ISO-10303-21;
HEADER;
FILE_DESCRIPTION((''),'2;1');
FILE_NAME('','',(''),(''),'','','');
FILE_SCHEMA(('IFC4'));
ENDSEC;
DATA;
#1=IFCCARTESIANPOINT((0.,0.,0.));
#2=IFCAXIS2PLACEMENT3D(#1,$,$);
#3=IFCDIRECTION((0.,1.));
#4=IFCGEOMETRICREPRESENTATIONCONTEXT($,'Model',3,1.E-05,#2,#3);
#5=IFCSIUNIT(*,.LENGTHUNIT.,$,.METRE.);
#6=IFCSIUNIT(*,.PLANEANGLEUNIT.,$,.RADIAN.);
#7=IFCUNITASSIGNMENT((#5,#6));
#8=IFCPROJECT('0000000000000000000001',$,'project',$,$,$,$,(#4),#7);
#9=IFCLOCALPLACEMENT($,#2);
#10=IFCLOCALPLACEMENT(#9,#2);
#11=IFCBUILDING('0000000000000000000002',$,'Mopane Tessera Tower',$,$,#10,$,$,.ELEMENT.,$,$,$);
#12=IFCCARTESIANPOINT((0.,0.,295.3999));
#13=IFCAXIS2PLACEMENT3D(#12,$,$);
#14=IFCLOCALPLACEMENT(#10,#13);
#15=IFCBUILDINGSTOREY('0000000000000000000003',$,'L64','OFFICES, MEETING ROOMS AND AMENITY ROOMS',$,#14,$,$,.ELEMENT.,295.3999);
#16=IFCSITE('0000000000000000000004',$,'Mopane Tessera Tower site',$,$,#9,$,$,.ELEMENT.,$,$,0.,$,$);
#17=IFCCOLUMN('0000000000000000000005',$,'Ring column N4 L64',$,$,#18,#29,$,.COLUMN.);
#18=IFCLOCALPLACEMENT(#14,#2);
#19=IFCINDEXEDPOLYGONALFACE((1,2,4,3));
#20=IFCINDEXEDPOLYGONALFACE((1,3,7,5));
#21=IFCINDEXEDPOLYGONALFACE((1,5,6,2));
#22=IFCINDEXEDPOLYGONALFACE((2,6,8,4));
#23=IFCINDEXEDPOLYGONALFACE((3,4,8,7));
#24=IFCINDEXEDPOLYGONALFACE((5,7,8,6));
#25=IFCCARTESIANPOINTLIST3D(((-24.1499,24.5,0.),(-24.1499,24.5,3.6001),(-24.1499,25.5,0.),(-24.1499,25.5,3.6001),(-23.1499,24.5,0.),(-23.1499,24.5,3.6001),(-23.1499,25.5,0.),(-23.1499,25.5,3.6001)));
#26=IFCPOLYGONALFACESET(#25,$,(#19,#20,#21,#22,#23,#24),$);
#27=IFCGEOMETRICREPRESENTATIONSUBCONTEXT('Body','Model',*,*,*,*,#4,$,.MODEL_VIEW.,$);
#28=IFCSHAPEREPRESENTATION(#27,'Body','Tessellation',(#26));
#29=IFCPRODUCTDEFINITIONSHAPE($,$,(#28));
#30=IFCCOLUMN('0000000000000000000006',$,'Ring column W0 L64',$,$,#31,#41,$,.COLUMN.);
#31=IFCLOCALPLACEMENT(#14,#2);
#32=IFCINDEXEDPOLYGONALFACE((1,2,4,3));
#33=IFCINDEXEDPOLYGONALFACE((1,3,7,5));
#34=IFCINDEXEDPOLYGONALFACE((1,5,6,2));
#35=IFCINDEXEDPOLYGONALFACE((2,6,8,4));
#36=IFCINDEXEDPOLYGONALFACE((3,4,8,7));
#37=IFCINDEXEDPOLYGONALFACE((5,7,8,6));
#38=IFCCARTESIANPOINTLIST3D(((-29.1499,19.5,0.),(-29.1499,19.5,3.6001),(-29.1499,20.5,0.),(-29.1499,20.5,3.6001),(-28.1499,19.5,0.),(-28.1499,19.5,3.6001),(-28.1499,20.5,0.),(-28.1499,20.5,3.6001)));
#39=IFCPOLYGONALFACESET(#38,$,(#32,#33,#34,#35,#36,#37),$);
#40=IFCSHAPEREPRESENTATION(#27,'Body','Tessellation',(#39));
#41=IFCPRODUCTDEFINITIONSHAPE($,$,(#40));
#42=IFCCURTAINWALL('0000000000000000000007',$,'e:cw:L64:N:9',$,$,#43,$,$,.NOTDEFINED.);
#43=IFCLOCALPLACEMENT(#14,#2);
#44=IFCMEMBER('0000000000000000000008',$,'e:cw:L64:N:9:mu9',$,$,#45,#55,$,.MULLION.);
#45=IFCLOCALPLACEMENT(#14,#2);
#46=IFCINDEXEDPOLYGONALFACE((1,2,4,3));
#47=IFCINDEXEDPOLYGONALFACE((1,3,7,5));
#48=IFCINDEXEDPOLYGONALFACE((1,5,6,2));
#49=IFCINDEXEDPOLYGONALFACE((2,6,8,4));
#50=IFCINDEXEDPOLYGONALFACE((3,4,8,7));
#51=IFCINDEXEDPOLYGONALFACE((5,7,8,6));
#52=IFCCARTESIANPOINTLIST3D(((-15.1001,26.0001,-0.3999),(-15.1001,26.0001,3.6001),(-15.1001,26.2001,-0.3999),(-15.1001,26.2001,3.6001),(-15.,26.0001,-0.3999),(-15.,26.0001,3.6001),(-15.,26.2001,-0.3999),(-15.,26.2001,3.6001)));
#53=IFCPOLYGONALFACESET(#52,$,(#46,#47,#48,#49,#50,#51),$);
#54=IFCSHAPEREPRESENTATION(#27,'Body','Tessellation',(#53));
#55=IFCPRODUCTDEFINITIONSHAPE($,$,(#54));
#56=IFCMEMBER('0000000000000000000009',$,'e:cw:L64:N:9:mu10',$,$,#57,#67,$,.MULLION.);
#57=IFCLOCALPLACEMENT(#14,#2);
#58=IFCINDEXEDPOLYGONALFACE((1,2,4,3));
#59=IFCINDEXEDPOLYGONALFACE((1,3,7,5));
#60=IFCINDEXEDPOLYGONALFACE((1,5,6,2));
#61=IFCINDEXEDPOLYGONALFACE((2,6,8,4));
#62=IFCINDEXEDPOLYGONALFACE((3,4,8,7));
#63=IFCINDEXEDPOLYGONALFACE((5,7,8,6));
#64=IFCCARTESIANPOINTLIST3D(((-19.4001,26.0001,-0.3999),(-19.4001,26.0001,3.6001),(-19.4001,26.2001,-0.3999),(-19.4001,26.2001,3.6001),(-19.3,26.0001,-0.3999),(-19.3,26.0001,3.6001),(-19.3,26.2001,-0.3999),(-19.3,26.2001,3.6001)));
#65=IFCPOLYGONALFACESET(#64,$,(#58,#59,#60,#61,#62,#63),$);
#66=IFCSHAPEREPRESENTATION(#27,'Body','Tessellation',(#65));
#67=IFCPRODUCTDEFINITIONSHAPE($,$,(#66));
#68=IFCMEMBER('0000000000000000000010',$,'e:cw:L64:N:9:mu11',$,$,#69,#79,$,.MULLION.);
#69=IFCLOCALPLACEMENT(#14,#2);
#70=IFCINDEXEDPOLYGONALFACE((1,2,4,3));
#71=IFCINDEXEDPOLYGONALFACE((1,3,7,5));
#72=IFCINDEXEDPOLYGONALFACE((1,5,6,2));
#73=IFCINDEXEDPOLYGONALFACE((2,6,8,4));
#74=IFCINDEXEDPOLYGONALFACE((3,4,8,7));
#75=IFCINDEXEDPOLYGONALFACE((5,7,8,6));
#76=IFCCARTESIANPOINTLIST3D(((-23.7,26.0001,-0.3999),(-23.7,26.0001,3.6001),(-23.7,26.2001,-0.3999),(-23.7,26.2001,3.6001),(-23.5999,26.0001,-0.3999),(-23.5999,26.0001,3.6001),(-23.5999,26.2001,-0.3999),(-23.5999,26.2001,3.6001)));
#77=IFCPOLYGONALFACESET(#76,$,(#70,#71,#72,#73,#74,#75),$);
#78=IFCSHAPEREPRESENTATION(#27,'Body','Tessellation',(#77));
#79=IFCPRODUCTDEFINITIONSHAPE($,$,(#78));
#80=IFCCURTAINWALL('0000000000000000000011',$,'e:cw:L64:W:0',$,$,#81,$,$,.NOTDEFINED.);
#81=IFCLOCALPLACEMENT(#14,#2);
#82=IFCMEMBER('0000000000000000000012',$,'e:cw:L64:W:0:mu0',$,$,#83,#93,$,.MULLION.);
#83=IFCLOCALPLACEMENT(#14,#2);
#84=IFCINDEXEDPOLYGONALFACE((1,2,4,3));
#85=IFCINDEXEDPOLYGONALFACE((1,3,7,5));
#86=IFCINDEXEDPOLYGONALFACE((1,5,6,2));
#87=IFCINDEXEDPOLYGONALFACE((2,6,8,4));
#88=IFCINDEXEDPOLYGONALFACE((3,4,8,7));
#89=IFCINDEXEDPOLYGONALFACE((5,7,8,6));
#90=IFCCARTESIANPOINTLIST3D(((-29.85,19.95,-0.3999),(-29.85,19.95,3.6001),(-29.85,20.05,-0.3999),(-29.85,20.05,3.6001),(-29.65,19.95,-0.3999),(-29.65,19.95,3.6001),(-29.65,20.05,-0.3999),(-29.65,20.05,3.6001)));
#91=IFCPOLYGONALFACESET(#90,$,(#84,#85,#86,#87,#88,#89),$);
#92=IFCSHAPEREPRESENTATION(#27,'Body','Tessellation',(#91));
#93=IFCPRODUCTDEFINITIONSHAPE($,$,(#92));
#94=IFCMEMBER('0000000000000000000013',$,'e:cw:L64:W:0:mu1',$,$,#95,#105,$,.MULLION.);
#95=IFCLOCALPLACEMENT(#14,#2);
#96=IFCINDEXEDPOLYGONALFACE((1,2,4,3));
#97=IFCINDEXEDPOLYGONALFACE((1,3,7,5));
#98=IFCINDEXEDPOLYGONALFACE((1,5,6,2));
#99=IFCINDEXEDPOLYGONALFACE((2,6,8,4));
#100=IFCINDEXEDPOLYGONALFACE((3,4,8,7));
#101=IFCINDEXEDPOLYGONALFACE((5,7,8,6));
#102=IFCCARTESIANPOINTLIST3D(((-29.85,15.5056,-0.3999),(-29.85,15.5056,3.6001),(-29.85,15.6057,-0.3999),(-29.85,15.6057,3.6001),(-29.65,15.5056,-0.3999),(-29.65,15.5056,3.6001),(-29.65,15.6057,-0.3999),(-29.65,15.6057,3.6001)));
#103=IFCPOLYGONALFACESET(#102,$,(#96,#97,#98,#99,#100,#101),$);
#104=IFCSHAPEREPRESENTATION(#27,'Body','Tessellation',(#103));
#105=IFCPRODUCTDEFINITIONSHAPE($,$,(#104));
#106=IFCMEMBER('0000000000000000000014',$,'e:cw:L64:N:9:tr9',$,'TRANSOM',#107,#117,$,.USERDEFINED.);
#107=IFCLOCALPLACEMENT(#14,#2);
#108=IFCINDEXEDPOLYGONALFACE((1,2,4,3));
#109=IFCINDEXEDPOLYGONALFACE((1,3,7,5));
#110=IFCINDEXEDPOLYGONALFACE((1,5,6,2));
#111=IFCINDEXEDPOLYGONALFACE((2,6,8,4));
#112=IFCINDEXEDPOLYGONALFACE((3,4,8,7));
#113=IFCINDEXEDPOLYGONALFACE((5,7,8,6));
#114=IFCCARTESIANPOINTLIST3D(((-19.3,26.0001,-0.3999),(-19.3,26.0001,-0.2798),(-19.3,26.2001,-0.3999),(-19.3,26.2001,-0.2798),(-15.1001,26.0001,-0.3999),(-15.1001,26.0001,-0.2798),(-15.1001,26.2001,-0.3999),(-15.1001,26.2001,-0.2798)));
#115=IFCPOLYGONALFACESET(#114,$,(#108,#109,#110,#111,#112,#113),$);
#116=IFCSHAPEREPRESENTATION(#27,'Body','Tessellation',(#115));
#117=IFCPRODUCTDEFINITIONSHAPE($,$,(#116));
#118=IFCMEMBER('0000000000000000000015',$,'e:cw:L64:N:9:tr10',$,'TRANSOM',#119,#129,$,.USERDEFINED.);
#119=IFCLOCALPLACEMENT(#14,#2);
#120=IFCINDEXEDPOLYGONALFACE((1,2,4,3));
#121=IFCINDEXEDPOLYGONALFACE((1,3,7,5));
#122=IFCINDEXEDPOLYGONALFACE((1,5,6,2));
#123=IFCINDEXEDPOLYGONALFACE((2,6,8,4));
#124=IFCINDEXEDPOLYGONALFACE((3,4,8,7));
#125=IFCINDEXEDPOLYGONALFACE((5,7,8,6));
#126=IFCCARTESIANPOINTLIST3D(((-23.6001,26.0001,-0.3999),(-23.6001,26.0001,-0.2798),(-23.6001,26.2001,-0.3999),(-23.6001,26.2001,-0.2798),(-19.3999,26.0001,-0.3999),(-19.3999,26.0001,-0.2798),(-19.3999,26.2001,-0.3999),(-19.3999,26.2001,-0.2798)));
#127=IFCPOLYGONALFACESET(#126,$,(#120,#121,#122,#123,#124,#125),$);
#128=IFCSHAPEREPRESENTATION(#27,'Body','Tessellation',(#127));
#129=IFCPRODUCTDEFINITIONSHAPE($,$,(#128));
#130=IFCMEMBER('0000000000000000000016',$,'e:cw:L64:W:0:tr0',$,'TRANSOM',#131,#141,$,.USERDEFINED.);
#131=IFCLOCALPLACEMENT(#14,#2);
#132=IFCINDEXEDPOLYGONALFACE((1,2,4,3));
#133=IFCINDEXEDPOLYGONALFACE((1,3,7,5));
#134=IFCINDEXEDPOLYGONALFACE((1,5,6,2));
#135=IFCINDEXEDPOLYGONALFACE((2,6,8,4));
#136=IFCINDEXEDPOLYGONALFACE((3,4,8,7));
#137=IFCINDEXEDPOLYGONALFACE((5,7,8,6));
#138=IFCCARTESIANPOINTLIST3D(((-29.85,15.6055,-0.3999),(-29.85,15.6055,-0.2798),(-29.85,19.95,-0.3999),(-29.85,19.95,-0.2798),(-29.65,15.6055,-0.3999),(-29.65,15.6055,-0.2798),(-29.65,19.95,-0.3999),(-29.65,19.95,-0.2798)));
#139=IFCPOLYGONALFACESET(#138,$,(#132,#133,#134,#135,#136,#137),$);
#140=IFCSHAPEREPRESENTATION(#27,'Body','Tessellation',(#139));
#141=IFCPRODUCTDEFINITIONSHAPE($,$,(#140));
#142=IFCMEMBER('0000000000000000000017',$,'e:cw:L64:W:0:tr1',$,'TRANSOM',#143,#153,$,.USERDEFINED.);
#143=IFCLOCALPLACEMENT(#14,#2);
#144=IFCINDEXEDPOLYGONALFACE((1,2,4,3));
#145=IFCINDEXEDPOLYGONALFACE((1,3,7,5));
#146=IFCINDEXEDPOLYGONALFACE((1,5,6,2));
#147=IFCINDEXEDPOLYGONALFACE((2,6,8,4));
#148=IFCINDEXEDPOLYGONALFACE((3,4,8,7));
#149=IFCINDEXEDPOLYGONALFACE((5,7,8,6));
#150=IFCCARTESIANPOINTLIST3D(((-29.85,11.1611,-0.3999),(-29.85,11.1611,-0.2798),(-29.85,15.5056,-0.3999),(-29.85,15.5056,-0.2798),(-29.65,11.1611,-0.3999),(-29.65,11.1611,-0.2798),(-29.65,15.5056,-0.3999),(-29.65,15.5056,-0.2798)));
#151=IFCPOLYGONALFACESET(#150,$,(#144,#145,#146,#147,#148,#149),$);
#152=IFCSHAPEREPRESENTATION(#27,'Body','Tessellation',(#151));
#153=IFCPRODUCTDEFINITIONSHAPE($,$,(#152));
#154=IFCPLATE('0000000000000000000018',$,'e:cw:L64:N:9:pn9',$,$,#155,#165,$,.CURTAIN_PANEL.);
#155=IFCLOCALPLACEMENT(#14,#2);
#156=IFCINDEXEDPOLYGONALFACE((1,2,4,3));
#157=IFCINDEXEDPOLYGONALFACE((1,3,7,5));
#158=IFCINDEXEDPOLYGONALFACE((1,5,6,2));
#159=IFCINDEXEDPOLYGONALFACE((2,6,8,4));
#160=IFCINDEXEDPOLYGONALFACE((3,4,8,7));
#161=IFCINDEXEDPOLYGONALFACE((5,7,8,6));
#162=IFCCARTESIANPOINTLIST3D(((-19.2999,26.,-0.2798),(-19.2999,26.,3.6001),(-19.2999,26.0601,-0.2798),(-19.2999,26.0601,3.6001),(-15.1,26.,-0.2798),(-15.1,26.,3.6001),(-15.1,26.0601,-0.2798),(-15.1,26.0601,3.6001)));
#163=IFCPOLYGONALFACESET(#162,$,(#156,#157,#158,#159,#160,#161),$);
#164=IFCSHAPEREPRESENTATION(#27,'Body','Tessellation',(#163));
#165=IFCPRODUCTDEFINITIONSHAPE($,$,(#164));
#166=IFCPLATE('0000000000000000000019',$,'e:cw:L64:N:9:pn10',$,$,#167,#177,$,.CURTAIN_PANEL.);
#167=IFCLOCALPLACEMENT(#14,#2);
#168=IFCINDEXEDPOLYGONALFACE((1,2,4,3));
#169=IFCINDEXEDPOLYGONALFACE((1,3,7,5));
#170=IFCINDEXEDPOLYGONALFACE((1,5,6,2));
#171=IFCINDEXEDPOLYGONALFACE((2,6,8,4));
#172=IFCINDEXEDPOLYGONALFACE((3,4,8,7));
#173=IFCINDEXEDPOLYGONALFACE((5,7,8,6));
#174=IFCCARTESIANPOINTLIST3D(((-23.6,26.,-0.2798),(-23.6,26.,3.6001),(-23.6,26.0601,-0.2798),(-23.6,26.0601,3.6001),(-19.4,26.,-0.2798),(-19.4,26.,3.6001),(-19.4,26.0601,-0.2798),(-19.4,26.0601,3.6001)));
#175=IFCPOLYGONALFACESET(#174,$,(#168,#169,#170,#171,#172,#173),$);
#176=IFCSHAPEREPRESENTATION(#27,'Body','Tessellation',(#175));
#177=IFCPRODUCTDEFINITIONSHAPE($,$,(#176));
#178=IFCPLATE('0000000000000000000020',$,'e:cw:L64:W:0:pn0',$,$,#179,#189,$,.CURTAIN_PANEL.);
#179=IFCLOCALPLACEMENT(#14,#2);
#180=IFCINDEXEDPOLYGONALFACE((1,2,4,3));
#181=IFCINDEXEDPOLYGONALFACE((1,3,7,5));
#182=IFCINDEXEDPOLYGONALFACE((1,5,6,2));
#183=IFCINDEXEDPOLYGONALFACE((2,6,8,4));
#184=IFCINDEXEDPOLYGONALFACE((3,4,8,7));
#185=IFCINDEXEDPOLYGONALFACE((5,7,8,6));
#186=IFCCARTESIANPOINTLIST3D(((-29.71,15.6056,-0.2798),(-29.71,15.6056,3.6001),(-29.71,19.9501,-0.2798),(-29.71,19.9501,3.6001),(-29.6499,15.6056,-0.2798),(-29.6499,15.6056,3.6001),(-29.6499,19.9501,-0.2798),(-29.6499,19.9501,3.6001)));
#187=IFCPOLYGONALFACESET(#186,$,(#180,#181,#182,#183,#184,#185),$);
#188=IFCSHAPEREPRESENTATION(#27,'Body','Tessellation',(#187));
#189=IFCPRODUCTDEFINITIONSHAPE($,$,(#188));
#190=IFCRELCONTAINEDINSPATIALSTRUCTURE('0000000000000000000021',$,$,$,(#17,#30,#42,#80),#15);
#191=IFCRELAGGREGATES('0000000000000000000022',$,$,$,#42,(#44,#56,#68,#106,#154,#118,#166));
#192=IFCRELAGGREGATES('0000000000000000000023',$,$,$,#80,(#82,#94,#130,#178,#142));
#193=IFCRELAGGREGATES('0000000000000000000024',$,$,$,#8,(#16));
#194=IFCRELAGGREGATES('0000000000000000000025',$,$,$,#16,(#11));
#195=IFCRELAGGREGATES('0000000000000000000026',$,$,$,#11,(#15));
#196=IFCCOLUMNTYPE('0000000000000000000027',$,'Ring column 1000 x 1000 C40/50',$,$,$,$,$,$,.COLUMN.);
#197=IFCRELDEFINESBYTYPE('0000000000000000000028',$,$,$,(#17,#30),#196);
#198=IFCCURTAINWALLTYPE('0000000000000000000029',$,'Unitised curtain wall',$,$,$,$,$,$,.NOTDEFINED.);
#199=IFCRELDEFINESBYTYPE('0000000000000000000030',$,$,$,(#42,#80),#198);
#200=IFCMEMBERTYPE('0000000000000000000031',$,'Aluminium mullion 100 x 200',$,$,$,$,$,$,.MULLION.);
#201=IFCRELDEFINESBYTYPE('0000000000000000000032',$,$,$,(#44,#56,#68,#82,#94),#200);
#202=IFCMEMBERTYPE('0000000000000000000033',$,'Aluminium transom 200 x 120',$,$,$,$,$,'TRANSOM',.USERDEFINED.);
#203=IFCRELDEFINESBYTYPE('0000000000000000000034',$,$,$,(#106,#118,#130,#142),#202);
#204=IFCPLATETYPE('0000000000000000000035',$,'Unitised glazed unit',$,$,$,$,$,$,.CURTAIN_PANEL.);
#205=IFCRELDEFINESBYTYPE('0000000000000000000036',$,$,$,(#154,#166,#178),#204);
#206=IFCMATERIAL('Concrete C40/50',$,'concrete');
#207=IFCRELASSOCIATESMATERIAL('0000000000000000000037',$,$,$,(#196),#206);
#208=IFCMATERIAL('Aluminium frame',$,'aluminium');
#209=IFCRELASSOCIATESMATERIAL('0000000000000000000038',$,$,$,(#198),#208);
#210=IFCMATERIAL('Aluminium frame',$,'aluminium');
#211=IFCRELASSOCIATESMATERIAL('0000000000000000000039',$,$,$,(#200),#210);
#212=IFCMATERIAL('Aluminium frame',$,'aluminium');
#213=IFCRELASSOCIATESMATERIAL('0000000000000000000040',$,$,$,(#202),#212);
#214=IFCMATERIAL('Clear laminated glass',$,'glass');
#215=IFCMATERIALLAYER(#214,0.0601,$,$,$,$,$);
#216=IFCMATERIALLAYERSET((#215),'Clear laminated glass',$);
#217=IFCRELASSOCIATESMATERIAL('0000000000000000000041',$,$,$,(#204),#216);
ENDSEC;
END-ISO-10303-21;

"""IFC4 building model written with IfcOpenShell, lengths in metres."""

from ifc_helpers import new_model, si_unit, direction, frame, origin, origin_2d, place, context, subcontext, project, spatial, rectangle, extrude, material, layer, layer_set, material_profile, profile_set, type_object, element, aggregate, save


model = new_model("IFC4")

# Units and contexts
model_context = context("Model", 3, precision=1e-05, world=origin(), true_north=direction((0.0, 1.0)))
body_context = subcontext(model_context, "Body", "Model", "MODEL_VIEW")
ifc_project = project(units=[si_unit("LENGTHUNIT", "METRE"), si_unit("PLANEANGLEUNIT", "RADIAN")], contexts=[model_context])

# Site, building, storey
site_placement = place(None, origin())
site = spatial("IfcSite", under=ifc_project, at=site_placement, Name="Mopane Tessera Tower site", CompositionType="ELEMENT", RefElevation=0.0)
building_placement = place(site_placement, origin())
building = spatial("IfcBuilding", under=site, at=building_placement, Name="Mopane Tessera Tower", CompositionType="ELEMENT")
storey_placement = place(building_placement, frame((0.0, 0.0, 295.3999)))
storey = spatial("IfcBuildingStorey", under=building, at=storey_placement, Name="L64", Description="OFFICES, MEETING ROOMS AND AMENITY ROOMS", CompositionType="ELEMENT", Elevation=295.3999)

# Columns
ifc_material_1 = material(Name="Concrete C40/50", Category="concrete")
ifc_material_profile_1 = material_profile(ifc_material_1, rectangle(XDim=1.0, YDim=1.0, at=origin_2d()))
ifc_profile_set_1 = profile_set([ifc_material_profile_1], Name="Concrete C40/50")
column_type = type_object("IfcColumnType", Name="Ring column 1000 x 1000 C40/50", PredefinedType="COLUMN", material=ifc_profile_set_1)
for number, where, z_axis, x_axis, name in (
    (1, (-23.6499, 25.0, 0.0), (0.0, 0.0, 1.0), (1.0, 0.0, 0.0), "Ring column N4 L64"),
    (2, (-28.6499, 20.0, 0.0), (0.0, 0.0, 1.0), (1.0, 0.0, 0.0), "Ring column W0 L64"),
):
    element("IfcColumn", number, at=place(storey_placement, frame(where, z_axis=z_axis, x_axis=x_axis)), inside=storey, type_object=column_type, Name=name, PredefinedType="COLUMN", context=body_context, shape_type="SweptSolid", body=[
        extrude(rectangle(XDim=1.0, YDim=1.0, at=origin_2d()), origin(), (0.0, 0.0, 1.0), 3.6001),
    ])

# Curtain walls, members
ifc_material_2 = material(Name="Aluminium frame", Category="aluminium")
curtain_wall_type = type_object("IfcCurtainWallType", Name="Unitised curtain wall", PredefinedType="NOTDEFINED", material=ifc_material_2)
curtain_wall_1_placement = place(storey_placement, origin())
curtain_wall_1 = element("IfcCurtainWall", 3, at=curtain_wall_1_placement, inside=storey, type_object=curtain_wall_type, Name="e:cw:L64:N:9", PredefinedType="NOTDEFINED")
ifc_material_3 = material(Name="Aluminium frame", Category="aluminium")
ifc_material_profile_2 = material_profile(ifc_material_3, rectangle(XDim=0.1001, YDim=0.2, at=origin_2d()))
ifc_profile_set_2 = profile_set([ifc_material_profile_2], Name="Aluminium frame")
member_type_1 = type_object("IfcMemberType", Name="Aluminium mullion 100 x 200", PredefinedType="MULLION", material=ifc_profile_set_2)
member_1_placement = place(storey_placement, frame((-15.05, 26.1001, -0.3999), z_axis=(0.0, 0.0, 1.0), x_axis=(-1.0, 0.0, 0.0)))
member_1 = element("IfcMember", 4, at=member_1_placement, type_object=member_type_1, Name="e:cw:L64:N:9:mu9", PredefinedType="MULLION", context=body_context, shape_type="SweptSolid", body=[
    extrude(rectangle(XDim=0.1001, YDim=0.2, at=origin_2d()), origin(), (0.0, 0.0, 1.0), 4.0),
])
member_2_placement = place(storey_placement, frame((-19.3501, 26.1001, -0.3999), z_axis=(0.0, 0.0, 1.0), x_axis=(-1.0, 0.0, 0.0)))
member_2 = element("IfcMember", 5, at=member_2_placement, type_object=member_type_1, Name="e:cw:L64:N:9:mu10", PredefinedType="MULLION", context=body_context, shape_type="SweptSolid", body=[
    extrude(rectangle(XDim=0.1001, YDim=0.2, at=origin_2d()), origin(), (0.0, 0.0, 1.0), 4.0),
])
member_3_placement = place(storey_placement, frame((-23.6499, 26.1001, -0.3999), z_axis=(0.0, 0.0, 1.0), x_axis=(-1.0, 0.0, 0.0)))
member_3 = element("IfcMember", 6, at=member_3_placement, type_object=member_type_1, Name="e:cw:L64:N:9:mu11", PredefinedType="MULLION", context=body_context, shape_type="SweptSolid", body=[
    extrude(rectangle(XDim=0.1001, YDim=0.2, at=origin_2d()), origin(), (0.0, 0.0, 1.0), 4.0),
])
curtain_wall_2_placement = place(storey_placement, origin())
curtain_wall_2 = element("IfcCurtainWall", 7, at=curtain_wall_2_placement, inside=storey, type_object=curtain_wall_type, Name="e:cw:L64:W:0", PredefinedType="NOTDEFINED")
member_4_placement = place(storey_placement, frame((-29.75, 20.0, -0.3999), z_axis=(0.0, 0.0, 1.0), x_axis=(0.0, -1.0, 0.0)))
member_4 = element("IfcMember", 8, at=member_4_placement, type_object=member_type_1, Name="e:cw:L64:W:0:mu0", PredefinedType="MULLION", context=body_context, shape_type="SweptSolid", body=[
    extrude(rectangle(XDim=0.1001, YDim=0.2, at=origin_2d()), origin(), (0.0, 0.0, 1.0), 4.0),
])
member_5_placement = place(storey_placement, frame((-29.75, 15.5557, -0.3999), z_axis=(0.0, 0.0, 1.0), x_axis=(0.0, -1.0, 0.0)))
member_5 = element("IfcMember", 9, at=member_5_placement, type_object=member_type_1, Name="e:cw:L64:W:0:mu1", PredefinedType="MULLION", context=body_context, shape_type="SweptSolid", body=[
    extrude(rectangle(XDim=0.1001, YDim=0.2, at=origin_2d()), origin(), (0.0, 0.0, 1.0), 4.0),
])

# Members
ifc_material_4 = material(Name="Aluminium frame", Category="aluminium")
ifc_material_profile_3 = material_profile(ifc_material_4, rectangle(XDim=0.2, YDim=0.1201, at=origin_2d()))
ifc_profile_set_3 = profile_set([ifc_material_profile_3], Name="Aluminium frame")
member_type_2 = type_object("IfcMemberType", Name="Aluminium transom 200 x 120", ElementType="TRANSOM", PredefinedType="USERDEFINED", material=ifc_profile_set_3)
member_6_placement = place(storey_placement, frame((-15.1001, 26.1001, -0.3398), z_axis=(-1.0, 0.0, 0.0), x_axis=(0.0, -1.0, 0.0)))
member_6 = element("IfcMember", 10, at=member_6_placement, type_object=member_type_2, Name="e:cw:L64:N:9:tr9", ObjectType="TRANSOM", PredefinedType="USERDEFINED", context=body_context, shape_type="SweptSolid", body=[
    extrude(rectangle(XDim=0.2, YDim=0.1201, at=origin_2d()), origin(), (0.0, 0.0, 1.0), 4.2),
])
member_7_placement = place(storey_placement, frame((-19.3999, 26.1001, -0.3398), z_axis=(-1.0, 0.0, 0.0), x_axis=(0.0, -1.0, 0.0)))
member_7 = element("IfcMember", 11, at=member_7_placement, type_object=member_type_2, Name="e:cw:L64:N:9:tr10", ObjectType="TRANSOM", PredefinedType="USERDEFINED", context=body_context, shape_type="SweptSolid", body=[
    extrude(rectangle(XDim=0.2, YDim=0.1201, at=origin_2d()), origin(), (0.0, 0.0, 1.0), 4.2002),
])
member_8_placement = place(storey_placement, frame((-29.75, 19.95, -0.3398), z_axis=(0.0, -1.0, 0.0), x_axis=(1.0, 0.0, 0.0)))
member_8 = element("IfcMember", 12, at=member_8_placement, type_object=member_type_2, Name="e:cw:L64:W:0:tr0", ObjectType="TRANSOM", PredefinedType="USERDEFINED", context=body_context, shape_type="SweptSolid", body=[
    extrude(rectangle(XDim=0.2, YDim=0.1201, at=origin_2d()), origin(), (0.0, 0.0, 1.0), 4.3445),
])
member_9_placement = place(storey_placement, frame((-29.75, 15.5056, -0.3398), z_axis=(0.0, -1.0, 0.0), x_axis=(1.0, 0.0, 0.0)))
member_9 = element("IfcMember", 13, at=member_9_placement, type_object=member_type_2, Name="e:cw:L64:W:0:tr1", ObjectType="TRANSOM", PredefinedType="USERDEFINED", context=body_context, shape_type="SweptSolid", body=[
    extrude(rectangle(XDim=0.2, YDim=0.1201, at=origin_2d()), origin(), (0.0, 0.0, 1.0), 4.3445),
])

# Plates
ifc_material_5 = material(Name="Clear laminated glass", Category="glass")
ifc_layer_1 = layer(ifc_material_5, 0.0601)
ifc_layer_set_1 = layer_set([ifc_layer_1], Name="Clear laminated glass")
plate_type = type_object("IfcPlateType", Name="Unitised glazed unit", PredefinedType="CURTAIN_PANEL", material=ifc_layer_set_1)
plate_1_placement = place(storey_placement, frame((-17.2, 26.03, -0.2798), z_axis=(0.0, 0.0, 1.0), x_axis=(-1.0, 0.0, 0.0)))
plate_1 = element("IfcPlate", 14, at=plate_1_placement, type_object=plate_type, Name="e:cw:L64:N:9:pn9", PredefinedType="CURTAIN_PANEL", context=body_context, shape_type="SweptSolid", body=[
    extrude(rectangle(XDim=4.2, YDim=0.0601, at=origin_2d()), origin(), (0.0, 0.0, 1.0), 3.8799),
])
plate_2_placement = place(storey_placement, frame((-21.5, 26.03, -0.2798), z_axis=(0.0, 0.0, 1.0), x_axis=(-1.0, 0.0, 0.0)))
plate_2 = element("IfcPlate", 15, at=plate_2_placement, type_object=plate_type, Name="e:cw:L64:N:9:pn10", PredefinedType="CURTAIN_PANEL", context=body_context, shape_type="SweptSolid", body=[
    extrude(rectangle(XDim=4.2, YDim=0.0601, at=origin_2d()), origin(), (0.0, 0.0, 1.0), 3.8799),
])
aggregate(curtain_wall_1, [member_1, member_2, member_3, member_6, plate_1, member_7, plate_2])
plate_3_placement = place(storey_placement, frame((-29.6799, 17.7778, -0.2798), z_axis=(0.0, 0.0, 1.0), x_axis=(0.0, -1.0, 0.0)))
plate_3 = element("IfcPlate", 16, at=plate_3_placement, type_object=plate_type, Name="e:cw:L64:W:0:pn0", PredefinedType="CURTAIN_PANEL", context=body_context, shape_type="SweptSolid", body=[
    extrude(rectangle(XDim=4.3445, YDim=0.0601, at=origin_2d()), origin(), (0.0, 0.0, 1.0), 3.8799),
])
aggregate(curtain_wall_2, [member_4, member_5, member_8, plate_3, member_9])

save(model, "model.ifc")
